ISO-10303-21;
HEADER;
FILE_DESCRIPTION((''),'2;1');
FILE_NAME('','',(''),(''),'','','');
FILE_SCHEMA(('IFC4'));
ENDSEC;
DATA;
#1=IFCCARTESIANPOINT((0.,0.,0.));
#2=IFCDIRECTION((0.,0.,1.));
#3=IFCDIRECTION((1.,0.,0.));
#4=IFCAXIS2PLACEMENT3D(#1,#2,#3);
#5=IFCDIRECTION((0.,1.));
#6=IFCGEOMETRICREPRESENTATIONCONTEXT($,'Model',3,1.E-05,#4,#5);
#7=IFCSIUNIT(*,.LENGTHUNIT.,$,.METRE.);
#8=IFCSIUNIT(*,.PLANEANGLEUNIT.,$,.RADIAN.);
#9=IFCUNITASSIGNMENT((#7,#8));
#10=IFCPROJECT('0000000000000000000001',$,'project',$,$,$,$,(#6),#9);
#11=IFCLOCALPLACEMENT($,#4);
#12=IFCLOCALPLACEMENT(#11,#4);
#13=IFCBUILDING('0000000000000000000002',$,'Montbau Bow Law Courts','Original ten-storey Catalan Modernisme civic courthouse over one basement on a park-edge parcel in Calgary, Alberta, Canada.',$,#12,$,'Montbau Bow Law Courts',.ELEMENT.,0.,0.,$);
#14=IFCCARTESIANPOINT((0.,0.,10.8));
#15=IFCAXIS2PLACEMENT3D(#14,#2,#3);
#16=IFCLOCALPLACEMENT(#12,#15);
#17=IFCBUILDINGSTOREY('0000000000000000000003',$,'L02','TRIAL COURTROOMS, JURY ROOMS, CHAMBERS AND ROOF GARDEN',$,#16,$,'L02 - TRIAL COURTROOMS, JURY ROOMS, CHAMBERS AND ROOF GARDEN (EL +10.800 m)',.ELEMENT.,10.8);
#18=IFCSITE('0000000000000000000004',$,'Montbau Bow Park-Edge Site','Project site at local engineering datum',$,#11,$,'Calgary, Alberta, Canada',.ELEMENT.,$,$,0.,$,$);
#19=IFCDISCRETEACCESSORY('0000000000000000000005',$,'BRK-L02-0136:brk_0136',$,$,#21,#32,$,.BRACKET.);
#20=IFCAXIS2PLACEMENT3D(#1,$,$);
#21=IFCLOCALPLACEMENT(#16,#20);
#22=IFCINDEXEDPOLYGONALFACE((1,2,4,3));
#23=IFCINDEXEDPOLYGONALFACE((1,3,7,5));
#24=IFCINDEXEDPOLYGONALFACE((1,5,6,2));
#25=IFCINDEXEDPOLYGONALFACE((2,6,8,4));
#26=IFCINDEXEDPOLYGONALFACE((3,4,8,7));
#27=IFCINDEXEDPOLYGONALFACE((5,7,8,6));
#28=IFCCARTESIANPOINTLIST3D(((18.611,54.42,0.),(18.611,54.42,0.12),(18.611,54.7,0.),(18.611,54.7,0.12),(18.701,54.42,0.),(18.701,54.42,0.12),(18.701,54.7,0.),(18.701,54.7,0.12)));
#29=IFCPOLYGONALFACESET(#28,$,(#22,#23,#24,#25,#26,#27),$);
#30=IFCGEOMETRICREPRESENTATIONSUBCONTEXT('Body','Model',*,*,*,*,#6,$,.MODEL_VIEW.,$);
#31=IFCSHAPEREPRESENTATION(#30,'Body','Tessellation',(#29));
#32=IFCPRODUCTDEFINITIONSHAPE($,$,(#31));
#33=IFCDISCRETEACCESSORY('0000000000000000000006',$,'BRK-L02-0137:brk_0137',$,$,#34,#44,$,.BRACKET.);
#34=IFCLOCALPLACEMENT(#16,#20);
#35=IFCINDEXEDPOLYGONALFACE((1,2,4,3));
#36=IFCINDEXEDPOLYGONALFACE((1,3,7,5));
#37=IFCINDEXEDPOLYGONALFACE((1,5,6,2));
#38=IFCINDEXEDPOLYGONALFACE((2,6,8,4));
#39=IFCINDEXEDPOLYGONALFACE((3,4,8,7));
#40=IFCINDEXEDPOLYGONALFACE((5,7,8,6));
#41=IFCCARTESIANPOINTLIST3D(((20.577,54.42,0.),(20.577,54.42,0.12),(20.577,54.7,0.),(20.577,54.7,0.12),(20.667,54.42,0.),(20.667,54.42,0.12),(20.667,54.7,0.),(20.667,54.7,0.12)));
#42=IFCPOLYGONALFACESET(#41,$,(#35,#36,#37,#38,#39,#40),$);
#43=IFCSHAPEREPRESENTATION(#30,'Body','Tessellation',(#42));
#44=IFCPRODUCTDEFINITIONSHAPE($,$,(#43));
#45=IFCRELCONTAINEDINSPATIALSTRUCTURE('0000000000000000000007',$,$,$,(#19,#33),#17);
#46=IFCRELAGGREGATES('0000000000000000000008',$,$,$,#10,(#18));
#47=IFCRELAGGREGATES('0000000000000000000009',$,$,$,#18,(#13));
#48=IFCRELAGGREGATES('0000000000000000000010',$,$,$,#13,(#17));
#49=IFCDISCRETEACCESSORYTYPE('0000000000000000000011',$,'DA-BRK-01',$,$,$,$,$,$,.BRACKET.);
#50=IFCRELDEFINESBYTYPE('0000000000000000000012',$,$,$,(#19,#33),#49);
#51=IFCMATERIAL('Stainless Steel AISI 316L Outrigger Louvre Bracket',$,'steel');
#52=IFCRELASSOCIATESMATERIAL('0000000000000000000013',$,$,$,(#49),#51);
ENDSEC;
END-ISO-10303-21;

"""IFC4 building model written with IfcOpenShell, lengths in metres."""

from ifc_helpers import new_model, si_unit, direction, frame, origin_with_axes, origin_2d_with_axis, place, context, subcontext, project, spatial, rectangle, extrude, material, type_object, element, save


model = new_model("IFC4")

# Units and contexts
model_context = context("Model", 3, precision=1e-05, world=origin_with_axes(), true_north=direction((0.0, 1.0)))
body_context = subcontext(model_context, "Body", "Model", "MODEL_VIEW")
ifc_project = project(units=[si_unit("LENGTHUNIT", "METRE"), si_unit("PLANEANGLEUNIT", "RADIAN")], contexts=[model_context])

# Site, building, storey
site_placement = place(None, origin_with_axes())
site = spatial("IfcSite", under=ifc_project, at=site_placement, Name="Montbau Bow Park-Edge Site", Description="Project site at local engineering datum", LongName="Calgary, Alberta, Canada", CompositionType="ELEMENT", RefElevation=0.0)
building_placement = place(site_placement, origin_with_axes())
building = spatial("IfcBuilding", under=site, at=building_placement, Name="Montbau Bow Law Courts", Description="Original ten-storey Catalan Modernisme civic courthouse over one basement on a park-edge parcel in Calgary, Alberta, Canada.", LongName="Montbau Bow Law Courts", CompositionType="ELEMENT", ElevationOfRefHeight=0.0, ElevationOfTerrain=0.0)
storey_placement = place(building_placement, frame((0.0, 0.0, 10.8), z_axis=(0.0, 0.0, 1.0), x_axis=(1.0, 0.0, 0.0)))
storey = spatial("IfcBuildingStorey", under=building, at=storey_placement, Name="L02", Description="TRIAL COURTROOMS, JURY ROOMS, CHAMBERS AND ROOF GARDEN", LongName="L02 - TRIAL COURTROOMS, JURY ROOMS, CHAMBERS AND ROOF GARDEN (EL +10.800 m)", CompositionType="ELEMENT", Elevation=10.8)

# Discrete accessories
ifc_material_1 = material(Name="Stainless Steel AISI 316L Outrigger Louvre Bracket", Category="steel")
discrete_accessory_type = type_object("IfcDiscreteAccessoryType", Name="DA-BRK-01", PredefinedType="BRACKET", material=ifc_material_1)
for number, where, z_axis, x_axis, name in (
    (1, (18.656, 54.56, 10.8), (0.0, 0.0, 1.0), (0.0, 1.0, 0.0), "BRK-L02-0136:brk_0136"),
    (2, (20.622, 54.56, 10.8), (0.0, 0.0, 1.0), (0.0, 1.0, 0.0), "BRK-L02-0137:brk_0137"),
):
    element("IfcDiscreteAccessory", number, at=place(None, frame(where, z_axis=z_axis, x_axis=x_axis)), inside=storey, type_object=discrete_accessory_type, Name=name, PredefinedType="BRACKET", context=body_context, shape_type="SweptSolid", body=[
        extrude(rectangle(XDim=0.28, YDim=0.09, at=origin_2d_with_axis()), origin_with_axes(), (0.0, 0.0, 1.0), 0.12),
    ])

save(model, "model.ifc")
